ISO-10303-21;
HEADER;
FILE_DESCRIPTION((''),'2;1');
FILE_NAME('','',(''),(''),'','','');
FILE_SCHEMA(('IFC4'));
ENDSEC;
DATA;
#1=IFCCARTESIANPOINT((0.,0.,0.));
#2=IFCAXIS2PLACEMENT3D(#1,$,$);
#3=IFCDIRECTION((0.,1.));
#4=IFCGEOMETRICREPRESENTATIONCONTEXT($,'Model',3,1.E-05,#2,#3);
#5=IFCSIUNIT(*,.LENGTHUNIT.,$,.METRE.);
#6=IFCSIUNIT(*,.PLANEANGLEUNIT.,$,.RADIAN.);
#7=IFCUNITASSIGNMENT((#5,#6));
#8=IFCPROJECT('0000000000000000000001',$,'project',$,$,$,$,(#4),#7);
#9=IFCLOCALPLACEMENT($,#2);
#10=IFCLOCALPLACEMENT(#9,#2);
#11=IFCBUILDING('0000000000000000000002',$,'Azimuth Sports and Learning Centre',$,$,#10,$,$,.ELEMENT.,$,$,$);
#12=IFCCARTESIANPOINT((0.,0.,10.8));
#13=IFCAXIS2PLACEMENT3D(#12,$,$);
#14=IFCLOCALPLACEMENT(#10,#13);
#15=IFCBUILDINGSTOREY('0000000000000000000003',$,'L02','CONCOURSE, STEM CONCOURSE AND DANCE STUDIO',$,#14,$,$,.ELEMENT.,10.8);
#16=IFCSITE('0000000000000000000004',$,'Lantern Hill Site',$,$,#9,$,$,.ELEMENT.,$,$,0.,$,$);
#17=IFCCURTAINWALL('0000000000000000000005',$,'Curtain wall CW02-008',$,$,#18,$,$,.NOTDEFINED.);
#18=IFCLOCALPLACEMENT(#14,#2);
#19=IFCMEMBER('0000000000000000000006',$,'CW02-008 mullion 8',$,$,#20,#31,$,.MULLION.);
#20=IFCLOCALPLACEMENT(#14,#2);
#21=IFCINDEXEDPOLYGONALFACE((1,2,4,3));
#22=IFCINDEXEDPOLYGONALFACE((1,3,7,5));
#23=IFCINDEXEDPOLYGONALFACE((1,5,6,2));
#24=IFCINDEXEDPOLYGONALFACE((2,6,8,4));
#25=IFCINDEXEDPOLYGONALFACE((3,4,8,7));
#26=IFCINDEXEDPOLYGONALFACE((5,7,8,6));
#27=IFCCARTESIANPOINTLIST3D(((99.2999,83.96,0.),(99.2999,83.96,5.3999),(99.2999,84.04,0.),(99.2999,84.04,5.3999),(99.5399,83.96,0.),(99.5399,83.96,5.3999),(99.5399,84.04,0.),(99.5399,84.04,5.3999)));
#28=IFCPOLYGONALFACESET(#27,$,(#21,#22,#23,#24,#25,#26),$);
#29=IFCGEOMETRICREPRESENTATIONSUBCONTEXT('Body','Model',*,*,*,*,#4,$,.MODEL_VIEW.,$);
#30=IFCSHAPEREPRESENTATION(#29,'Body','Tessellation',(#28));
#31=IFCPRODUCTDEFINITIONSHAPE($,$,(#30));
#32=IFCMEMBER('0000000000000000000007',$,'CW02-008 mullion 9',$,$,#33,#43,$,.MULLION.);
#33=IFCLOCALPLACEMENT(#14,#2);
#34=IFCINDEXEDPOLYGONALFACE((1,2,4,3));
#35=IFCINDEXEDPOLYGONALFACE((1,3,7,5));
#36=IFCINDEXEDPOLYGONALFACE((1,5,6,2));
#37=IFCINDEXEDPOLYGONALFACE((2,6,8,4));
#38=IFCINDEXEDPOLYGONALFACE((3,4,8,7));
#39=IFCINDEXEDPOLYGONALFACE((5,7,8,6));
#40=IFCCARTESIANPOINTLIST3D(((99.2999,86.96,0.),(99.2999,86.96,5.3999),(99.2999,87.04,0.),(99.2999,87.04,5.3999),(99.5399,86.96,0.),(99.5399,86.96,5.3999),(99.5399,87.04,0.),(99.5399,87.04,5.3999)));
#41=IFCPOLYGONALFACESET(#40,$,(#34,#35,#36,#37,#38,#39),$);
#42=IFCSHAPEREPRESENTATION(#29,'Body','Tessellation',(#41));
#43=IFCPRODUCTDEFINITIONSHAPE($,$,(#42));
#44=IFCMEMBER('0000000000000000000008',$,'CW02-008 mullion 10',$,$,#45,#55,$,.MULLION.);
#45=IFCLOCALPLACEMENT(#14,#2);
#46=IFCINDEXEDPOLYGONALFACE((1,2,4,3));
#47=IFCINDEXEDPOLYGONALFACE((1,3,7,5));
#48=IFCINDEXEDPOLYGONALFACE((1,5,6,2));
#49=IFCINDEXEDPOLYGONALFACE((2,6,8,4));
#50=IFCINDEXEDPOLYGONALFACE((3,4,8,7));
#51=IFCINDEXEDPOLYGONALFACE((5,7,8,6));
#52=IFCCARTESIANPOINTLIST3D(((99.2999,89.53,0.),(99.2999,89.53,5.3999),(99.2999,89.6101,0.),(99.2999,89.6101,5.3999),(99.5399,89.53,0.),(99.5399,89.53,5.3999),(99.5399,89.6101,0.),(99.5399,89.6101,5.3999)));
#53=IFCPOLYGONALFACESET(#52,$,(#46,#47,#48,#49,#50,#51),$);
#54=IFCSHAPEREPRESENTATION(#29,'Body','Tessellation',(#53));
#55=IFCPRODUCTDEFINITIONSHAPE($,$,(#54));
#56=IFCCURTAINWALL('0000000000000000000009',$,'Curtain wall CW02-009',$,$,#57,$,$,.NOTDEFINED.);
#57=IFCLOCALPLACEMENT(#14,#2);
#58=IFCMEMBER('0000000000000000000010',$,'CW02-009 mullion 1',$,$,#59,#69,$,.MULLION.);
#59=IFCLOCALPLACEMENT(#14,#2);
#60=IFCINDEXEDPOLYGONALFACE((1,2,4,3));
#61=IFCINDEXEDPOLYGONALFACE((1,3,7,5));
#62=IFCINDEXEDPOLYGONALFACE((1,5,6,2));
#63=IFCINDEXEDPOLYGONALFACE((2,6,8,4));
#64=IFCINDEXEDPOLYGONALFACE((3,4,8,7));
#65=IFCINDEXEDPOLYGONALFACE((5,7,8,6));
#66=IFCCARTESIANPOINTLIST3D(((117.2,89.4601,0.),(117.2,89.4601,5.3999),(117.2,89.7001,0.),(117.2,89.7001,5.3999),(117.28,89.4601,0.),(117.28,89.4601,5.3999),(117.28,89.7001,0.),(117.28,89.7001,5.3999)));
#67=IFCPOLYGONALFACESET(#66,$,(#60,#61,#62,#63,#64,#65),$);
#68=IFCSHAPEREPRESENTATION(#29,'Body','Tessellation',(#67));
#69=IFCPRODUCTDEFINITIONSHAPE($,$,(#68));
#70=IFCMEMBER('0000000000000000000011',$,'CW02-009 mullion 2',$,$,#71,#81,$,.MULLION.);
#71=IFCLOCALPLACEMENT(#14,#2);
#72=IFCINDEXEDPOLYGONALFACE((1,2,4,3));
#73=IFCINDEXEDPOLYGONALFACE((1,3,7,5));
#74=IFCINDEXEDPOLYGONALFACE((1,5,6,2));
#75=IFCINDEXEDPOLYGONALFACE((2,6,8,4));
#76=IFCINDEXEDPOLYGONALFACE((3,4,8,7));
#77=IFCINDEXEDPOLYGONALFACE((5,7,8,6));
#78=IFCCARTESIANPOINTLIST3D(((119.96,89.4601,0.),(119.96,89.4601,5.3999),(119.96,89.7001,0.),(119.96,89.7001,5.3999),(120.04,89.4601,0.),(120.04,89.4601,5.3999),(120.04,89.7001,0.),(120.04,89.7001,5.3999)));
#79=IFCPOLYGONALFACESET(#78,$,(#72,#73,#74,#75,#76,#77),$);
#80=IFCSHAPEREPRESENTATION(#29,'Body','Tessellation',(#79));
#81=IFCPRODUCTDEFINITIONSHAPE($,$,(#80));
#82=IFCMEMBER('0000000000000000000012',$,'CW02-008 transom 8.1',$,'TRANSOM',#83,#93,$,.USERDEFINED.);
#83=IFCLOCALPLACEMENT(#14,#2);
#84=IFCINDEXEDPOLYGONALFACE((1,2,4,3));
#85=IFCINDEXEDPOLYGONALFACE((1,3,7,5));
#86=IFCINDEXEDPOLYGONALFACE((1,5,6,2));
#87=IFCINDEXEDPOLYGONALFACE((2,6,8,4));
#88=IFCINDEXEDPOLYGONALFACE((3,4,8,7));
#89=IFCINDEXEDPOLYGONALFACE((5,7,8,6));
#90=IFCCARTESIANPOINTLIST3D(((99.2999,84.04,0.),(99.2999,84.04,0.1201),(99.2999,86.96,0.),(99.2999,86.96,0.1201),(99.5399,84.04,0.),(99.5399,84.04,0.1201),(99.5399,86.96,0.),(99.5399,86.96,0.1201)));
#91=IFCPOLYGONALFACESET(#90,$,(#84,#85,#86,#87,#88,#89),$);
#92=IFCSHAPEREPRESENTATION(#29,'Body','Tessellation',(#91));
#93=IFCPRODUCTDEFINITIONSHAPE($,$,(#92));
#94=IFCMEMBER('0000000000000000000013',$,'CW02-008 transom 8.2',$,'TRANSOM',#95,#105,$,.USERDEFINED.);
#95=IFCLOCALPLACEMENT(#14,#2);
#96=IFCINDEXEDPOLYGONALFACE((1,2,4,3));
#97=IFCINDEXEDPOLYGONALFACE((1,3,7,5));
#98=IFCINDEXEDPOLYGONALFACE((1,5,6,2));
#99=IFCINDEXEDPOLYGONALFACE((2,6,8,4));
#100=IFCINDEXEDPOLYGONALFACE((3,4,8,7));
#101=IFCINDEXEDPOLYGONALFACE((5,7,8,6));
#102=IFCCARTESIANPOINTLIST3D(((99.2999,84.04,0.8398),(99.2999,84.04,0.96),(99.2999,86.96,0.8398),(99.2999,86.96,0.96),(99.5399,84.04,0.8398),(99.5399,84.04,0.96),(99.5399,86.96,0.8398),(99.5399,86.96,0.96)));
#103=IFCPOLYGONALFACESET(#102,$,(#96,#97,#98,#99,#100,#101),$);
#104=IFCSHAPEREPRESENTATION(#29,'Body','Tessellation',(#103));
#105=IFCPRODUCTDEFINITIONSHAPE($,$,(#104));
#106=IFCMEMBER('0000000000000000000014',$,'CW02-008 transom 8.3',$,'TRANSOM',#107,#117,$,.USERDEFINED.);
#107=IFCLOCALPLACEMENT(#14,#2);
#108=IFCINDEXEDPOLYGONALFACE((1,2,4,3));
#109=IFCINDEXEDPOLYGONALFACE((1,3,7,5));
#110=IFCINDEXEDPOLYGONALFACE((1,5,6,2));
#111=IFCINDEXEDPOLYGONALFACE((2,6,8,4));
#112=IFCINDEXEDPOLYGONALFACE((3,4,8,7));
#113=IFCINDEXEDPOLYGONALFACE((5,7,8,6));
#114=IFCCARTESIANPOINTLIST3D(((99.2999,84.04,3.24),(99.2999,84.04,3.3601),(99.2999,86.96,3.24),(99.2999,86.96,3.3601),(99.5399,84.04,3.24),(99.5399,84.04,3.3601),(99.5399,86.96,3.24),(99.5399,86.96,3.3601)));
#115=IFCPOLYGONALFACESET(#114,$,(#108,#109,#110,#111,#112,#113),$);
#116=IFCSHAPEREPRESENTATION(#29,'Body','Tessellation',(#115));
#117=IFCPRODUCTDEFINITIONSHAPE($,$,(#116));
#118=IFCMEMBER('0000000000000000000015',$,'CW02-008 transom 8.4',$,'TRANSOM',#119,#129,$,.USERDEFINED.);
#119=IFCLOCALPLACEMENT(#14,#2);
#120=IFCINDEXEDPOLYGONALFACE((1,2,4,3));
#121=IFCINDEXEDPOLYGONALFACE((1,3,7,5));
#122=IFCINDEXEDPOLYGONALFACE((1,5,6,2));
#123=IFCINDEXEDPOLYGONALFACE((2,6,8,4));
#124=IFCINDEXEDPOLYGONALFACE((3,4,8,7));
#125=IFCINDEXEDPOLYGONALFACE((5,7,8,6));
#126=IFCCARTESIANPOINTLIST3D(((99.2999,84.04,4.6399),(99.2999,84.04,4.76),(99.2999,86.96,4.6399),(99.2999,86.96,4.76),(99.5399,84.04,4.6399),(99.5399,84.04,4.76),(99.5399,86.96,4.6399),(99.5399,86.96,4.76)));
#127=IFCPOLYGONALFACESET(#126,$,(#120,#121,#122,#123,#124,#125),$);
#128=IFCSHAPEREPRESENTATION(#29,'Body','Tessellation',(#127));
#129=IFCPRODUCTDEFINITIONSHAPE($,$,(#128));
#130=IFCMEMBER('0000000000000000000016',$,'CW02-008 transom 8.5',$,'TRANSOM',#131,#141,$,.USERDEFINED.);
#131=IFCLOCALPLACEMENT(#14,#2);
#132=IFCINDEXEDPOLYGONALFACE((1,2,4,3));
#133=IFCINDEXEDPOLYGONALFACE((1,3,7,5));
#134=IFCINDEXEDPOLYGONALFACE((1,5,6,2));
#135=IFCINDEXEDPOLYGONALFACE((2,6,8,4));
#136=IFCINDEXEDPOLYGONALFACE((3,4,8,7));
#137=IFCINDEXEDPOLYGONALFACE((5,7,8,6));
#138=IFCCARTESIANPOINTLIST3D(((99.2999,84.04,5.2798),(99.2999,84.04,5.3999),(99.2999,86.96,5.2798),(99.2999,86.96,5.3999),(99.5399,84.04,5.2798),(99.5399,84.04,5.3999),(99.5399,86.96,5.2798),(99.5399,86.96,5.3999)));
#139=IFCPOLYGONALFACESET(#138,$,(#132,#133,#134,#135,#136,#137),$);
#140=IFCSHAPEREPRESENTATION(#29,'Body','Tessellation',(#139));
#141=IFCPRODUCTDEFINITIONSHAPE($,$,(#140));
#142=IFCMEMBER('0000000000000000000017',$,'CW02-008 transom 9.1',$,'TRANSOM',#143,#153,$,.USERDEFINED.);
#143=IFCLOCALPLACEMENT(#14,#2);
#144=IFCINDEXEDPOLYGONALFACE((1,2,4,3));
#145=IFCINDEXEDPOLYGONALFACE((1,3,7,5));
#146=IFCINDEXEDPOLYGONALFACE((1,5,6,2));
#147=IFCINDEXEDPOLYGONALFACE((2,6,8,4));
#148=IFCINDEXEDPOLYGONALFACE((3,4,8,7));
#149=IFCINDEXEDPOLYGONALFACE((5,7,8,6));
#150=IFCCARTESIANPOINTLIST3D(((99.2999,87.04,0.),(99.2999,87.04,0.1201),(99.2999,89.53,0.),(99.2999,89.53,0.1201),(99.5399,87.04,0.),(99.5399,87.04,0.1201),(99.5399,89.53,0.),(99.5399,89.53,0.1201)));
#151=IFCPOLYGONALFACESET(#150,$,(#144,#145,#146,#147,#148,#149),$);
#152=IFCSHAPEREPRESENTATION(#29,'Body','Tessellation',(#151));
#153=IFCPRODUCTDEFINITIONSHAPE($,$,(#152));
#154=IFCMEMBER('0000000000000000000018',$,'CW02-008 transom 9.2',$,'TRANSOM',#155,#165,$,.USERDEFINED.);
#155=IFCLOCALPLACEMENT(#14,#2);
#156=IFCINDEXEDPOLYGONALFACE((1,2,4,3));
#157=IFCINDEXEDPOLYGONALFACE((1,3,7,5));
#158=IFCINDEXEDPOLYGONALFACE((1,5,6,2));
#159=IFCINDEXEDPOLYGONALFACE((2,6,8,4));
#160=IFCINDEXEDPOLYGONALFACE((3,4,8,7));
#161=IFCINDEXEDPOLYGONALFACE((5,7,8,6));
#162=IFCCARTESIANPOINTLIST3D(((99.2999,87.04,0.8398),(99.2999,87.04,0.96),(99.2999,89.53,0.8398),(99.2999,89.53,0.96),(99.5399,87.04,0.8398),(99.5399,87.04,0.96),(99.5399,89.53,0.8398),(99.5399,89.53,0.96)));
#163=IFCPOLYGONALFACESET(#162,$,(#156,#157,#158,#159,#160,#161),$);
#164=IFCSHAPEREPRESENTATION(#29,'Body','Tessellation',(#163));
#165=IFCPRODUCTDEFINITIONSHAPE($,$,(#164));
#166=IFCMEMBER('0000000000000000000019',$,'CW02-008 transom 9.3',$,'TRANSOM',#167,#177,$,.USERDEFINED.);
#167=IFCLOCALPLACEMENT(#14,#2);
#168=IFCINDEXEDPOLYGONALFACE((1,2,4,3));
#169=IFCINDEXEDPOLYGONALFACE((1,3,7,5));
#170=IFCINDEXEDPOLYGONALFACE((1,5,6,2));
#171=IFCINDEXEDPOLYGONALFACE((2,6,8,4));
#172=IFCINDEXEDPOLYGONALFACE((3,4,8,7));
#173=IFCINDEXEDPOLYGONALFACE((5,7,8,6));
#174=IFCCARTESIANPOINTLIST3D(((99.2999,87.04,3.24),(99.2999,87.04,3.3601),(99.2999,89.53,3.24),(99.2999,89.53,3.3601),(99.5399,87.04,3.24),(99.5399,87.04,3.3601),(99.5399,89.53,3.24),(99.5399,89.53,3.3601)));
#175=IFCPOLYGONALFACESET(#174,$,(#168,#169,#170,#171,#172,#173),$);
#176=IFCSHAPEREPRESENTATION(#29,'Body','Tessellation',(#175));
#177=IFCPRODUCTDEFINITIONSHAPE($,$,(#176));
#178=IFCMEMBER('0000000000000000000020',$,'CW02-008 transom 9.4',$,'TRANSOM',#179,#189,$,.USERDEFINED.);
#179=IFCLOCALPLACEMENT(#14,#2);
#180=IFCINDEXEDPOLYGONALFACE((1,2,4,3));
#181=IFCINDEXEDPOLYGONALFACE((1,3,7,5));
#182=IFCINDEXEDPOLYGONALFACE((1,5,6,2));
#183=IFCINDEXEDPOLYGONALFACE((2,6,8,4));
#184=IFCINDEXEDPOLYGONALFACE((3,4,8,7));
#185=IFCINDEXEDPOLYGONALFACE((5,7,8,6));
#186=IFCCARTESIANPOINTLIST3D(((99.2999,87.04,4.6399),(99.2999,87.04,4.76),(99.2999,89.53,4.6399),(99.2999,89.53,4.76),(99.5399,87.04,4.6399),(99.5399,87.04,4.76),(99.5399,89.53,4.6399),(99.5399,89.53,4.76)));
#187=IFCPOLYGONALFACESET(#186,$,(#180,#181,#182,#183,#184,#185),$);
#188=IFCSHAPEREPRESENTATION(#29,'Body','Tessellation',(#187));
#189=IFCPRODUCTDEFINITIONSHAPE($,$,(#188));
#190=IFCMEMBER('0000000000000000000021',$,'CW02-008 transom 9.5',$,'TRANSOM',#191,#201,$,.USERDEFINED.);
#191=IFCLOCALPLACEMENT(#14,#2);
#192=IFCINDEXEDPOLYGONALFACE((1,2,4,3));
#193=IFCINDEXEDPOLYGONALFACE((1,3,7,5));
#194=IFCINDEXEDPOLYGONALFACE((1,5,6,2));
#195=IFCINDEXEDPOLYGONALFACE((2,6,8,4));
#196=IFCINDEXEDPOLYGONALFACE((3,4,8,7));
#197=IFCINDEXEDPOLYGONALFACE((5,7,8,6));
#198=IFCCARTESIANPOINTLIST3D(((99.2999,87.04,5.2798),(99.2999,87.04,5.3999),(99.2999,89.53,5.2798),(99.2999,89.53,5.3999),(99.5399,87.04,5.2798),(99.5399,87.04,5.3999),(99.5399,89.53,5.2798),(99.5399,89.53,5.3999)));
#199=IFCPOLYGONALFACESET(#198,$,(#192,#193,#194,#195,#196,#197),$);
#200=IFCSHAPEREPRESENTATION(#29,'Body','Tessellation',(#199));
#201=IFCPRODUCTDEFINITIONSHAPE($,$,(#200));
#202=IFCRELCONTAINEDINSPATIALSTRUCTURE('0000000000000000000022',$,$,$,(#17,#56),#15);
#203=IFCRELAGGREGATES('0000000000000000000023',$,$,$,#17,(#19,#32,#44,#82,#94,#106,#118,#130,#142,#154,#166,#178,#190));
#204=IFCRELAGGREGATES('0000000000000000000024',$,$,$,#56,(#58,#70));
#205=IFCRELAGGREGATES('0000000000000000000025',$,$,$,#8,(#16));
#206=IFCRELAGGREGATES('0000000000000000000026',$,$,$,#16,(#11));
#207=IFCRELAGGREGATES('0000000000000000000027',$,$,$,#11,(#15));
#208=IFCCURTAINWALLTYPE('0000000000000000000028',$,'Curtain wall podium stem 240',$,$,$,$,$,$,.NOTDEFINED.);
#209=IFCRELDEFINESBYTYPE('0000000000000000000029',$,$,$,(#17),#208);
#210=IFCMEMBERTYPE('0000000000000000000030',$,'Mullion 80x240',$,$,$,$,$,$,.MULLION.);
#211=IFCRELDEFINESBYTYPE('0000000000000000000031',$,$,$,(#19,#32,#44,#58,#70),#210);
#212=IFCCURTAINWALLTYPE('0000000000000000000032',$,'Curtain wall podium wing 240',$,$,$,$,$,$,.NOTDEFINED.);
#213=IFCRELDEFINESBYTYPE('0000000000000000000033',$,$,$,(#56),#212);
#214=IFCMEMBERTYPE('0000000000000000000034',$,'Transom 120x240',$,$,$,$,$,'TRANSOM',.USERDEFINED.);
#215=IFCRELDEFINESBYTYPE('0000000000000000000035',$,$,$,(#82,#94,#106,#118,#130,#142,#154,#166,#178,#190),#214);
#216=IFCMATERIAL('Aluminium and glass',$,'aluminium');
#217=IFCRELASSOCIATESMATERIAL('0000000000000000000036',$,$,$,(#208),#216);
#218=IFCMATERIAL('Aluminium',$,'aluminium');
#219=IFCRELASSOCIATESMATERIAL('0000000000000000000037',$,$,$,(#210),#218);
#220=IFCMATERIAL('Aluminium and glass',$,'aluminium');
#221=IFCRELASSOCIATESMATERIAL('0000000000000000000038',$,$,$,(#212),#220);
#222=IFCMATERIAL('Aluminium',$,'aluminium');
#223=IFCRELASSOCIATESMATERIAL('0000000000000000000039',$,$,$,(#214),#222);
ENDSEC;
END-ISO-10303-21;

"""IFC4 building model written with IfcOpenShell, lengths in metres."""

from ifc_helpers import new_model, si_unit, direction, frame, origin, origin_2d, place, context, subcontext, project, spatial, rectangle, extrude, material, material_profile, profile_set, type_object, element, aggregate, save


model = new_model("IFC4")

# Units and contexts
model_context = context("Model", 3, precision=1e-05, world=origin(), true_north=direction((0.0, 1.0)))
body_context = subcontext(model_context, "Body", "Model", "MODEL_VIEW")
ifc_project = project(units=[si_unit("LENGTHUNIT", "METRE"), si_unit("PLANEANGLEUNIT", "RADIAN")], contexts=[model_context])

# Site, building, storey
site_placement = place(None, origin())
site = spatial("IfcSite", under=ifc_project, at=site_placement, Name="Lantern Hill Site", CompositionType="ELEMENT", RefElevation=0.0)
building_placement = place(site_placement, origin())
building = spatial("IfcBuilding", under=site, at=building_placement, Name="Azimuth Sports and Learning Centre", CompositionType="ELEMENT")
storey_placement = place(building_placement, frame((0.0, 0.0, 10.8)))
storey = spatial("IfcBuildingStorey", under=building, at=storey_placement, Name="L02", Description="CONCOURSE, STEM CONCOURSE AND DANCE STUDIO", CompositionType="ELEMENT", Elevation=10.8)

# Curtain walls, members
ifc_material_1 = material(Name="Aluminium and glass", Category="aluminium")
curtain_wall_type_1 = type_object("IfcCurtainWallType", Name="Curtain wall podium stem 240", PredefinedType="NOTDEFINED", material=ifc_material_1)
curtain_wall_1_placement = place(storey_placement, origin())
curtain_wall_1 = element("IfcCurtainWall", 1, at=curtain_wall_1_placement, inside=storey, type_object=curtain_wall_type_1, Name="Curtain wall CW02-008", PredefinedType="NOTDEFINED")
ifc_material_2 = material(Name="Aluminium", Category="aluminium")
ifc_material_profile_1 = material_profile(ifc_material_2, rectangle(XDim=0.24, YDim=0.0801, at=origin_2d()), Name="Mullion 80x240")
ifc_profile_set_1 = profile_set([ifc_material_profile_1], Name="Aluminium")
member_type_1 = type_object("IfcMemberType", Name="Mullion 80x240", PredefinedType="MULLION", material=ifc_profile_set_1)
member_1_placement = place(storey_placement, frame((99.4199, 84.0, 0.0), z_axis=(0.0, 0.0, 1.0), x_axis=(-1.0, 0.0, 0.0)))
member_1 = element("IfcMember", 2, at=member_1_placement, type_object=member_type_1, Name="CW02-008 mullion 8", PredefinedType="MULLION", context=body_context, shape_type="SweptSolid", body=[
    extrude(rectangle(XDim=0.24, YDim=0.0801, at=origin_2d()), origin(), (0.0, 0.0, 1.0), 5.3999),
])
member_2_placement = place(storey_placement, frame((99.4199, 87.0, 0.0), z_axis=(0.0, 0.0, 1.0), x_axis=(-1.0, 0.0, 0.0)))
member_2 = element("IfcMember", 3, at=member_2_placement, type_object=member_type_1, Name="CW02-008 mullion 9", PredefinedType="MULLION", context=body_context, shape_type="SweptSolid", body=[
    extrude(rectangle(XDim=0.24, YDim=0.0801, at=origin_2d()), origin(), (0.0, 0.0, 1.0), 5.3999),
])
member_3_placement = place(storey_placement, frame((99.4199, 89.5701, 0.0), z_axis=(0.0, 0.0, 1.0), x_axis=(-1.0, 0.0, 0.0)))
member_3 = element("IfcMember", 4, at=member_3_placement, type_object=member_type_1, Name="CW02-008 mullion 10", PredefinedType="MULLION", context=body_context, shape_type="SweptSolid", body=[
    extrude(rectangle(XDim=0.24, YDim=0.0801, at=origin_2d()), origin(), (0.0, 0.0, 1.0), 5.3999),
])
ifc_material_3 = material(Name="Aluminium and glass", Category="aluminium")
curtain_wall_type_2 = type_object("IfcCurtainWallType", Name="Curtain wall podium wing 240", PredefinedType="NOTDEFINED", material=ifc_material_3)
curtain_wall_2_placement = place(storey_placement, origin())
curtain_wall_2 = element("IfcCurtainWall", 5, at=curtain_wall_2_placement, inside=storey, type_object=curtain_wall_type_2, Name="Curtain wall CW02-009", PredefinedType="NOTDEFINED")
member_4_placement = place(storey_placement, frame((117.24, 89.5801, 0.0), z_axis=(0.0, 0.0, 1.0), x_axis=(0.0, 1.0, 0.0)))
member_4 = element("IfcMember", 6, at=member_4_placement, type_object=member_type_1, Name="CW02-009 mullion 1", PredefinedType="MULLION", context=body_context, shape_type="SweptSolid", body=[
    extrude(rectangle(XDim=0.24, YDim=0.0801, at=origin_2d()), origin(), (0.0, 0.0, 1.0), 5.3999),
])
member_5_placement = place(storey_placement, frame((120.0, 89.5801, 0.0), z_axis=(0.0, 0.0, 1.0), x_axis=(0.0, 1.0, 0.0)))
member_5 = element("IfcMember", 7, at=member_5_placement, type_object=member_type_1, Name="CW02-009 mullion 2", PredefinedType="MULLION", context=body_context, shape_type="SweptSolid", body=[
    extrude(rectangle(XDim=0.24, YDim=0.0801, at=origin_2d()), origin(), (0.0, 0.0, 1.0), 5.3999),
])

# Members
ifc_material_4 = material(Name="Aluminium", Category="aluminium")
ifc_material_profile_2 = material_profile(ifc_material_4, rectangle(XDim=0.24, YDim=0.1201, at=origin_2d()), Name="Transom 120x240")
ifc_profile_set_2 = profile_set([ifc_material_profile_2], Name="Aluminium")
member_type_2 = type_object("IfcMemberType", Name="Transom 120x240", ElementType="TRANSOM", PredefinedType="USERDEFINED", material=ifc_profile_set_2)
member_6_placement = place(storey_placement, frame((99.4199, 84.04, 0.0601), z_axis=(0.0, 1.0, 0.0), x_axis=(-1.0, 0.0, 0.0)))
member_6 = element("IfcMember", 8, at=member_6_placement, type_object=member_type_2, Name="CW02-008 transom 8.1", ObjectType="TRANSOM", PredefinedType="USERDEFINED", context=body_context, shape_type="SweptSolid", body=[
    extrude(rectangle(XDim=0.24, YDim=0.1201, at=origin_2d()), origin(), (0.0, 0.0, 1.0), 2.9199),
])
member_7_placement = place(storey_placement, frame((99.4199, 84.04, 0.8999), z_axis=(0.0, 1.0, 0.0), x_axis=(-1.0, 0.0, 0.0)))
member_7 = element("IfcMember", 9, at=member_7_placement, type_object=member_type_2, Name="CW02-008 transom 8.2", ObjectType="TRANSOM", PredefinedType="USERDEFINED", context=body_context, shape_type="SweptSolid", body=[
    extrude(rectangle(XDim=0.24, YDim=0.1201, at=origin_2d()), origin(), (0.0, 0.0, 1.0), 2.9199),
])
member_8_placement = place(storey_placement, frame((99.4199, 84.04, 3.3), z_axis=(0.0, 1.0, 0.0), x_axis=(-1.0, 0.0, 0.0)))
member_8 = element("IfcMember", 10, at=member_8_placement, type_object=member_type_2, Name="CW02-008 transom 8.3", ObjectType="TRANSOM", PredefinedType="USERDEFINED", context=body_context, shape_type="SweptSolid", body=[
    extrude(rectangle(XDim=0.24, YDim=0.1201, at=origin_2d()), origin(), (0.0, 0.0, 1.0), 2.9199),
])
member_9_placement = place(storey_placement, frame((99.4199, 84.04, 4.7), z_axis=(0.0, 1.0, 0.0), x_axis=(-1.0, 0.0, 0.0)))
member_9 = element("IfcMember", 11, at=member_9_placement, type_object=member_type_2, Name="CW02-008 transom 8.4", ObjectType="TRANSOM", PredefinedType="USERDEFINED", context=body_context, shape_type="SweptSolid", body=[
    extrude(rectangle(XDim=0.24, YDim=0.1201, at=origin_2d()), origin(), (0.0, 0.0, 1.0), 2.9199),
])
member_10_placement = place(storey_placement, frame((99.4199, 84.04, 5.3398), z_axis=(0.0, 1.0, 0.0), x_axis=(-1.0, 0.0, 0.0)))
member_10 = element("IfcMember", 12, at=member_10_placement, type_object=member_type_2, Name="CW02-008 transom 8.5", ObjectType="TRANSOM", PredefinedType="USERDEFINED", context=body_context, shape_type="SweptSolid", body=[
    extrude(rectangle(XDim=0.24, YDim=0.1201, at=origin_2d()), origin(), (0.0, 0.0, 1.0), 2.9199),
])
member_11_placement = place(storey_placement, frame((99.4199, 87.04, 0.0601), z_axis=(0.0, 1.0, 0.0), x_axis=(-1.0, 0.0, 0.0)))
member_11 = element("IfcMember", 13, at=member_11_placement, type_object=member_type_2, Name="CW02-008 transom 9.1", ObjectType="TRANSOM", PredefinedType="USERDEFINED", context=body_context, shape_type="SweptSolid", body=[
    extrude(rectangle(XDim=0.24, YDim=0.1201, at=origin_2d()), origin(), (0.0, 0.0, 1.0), 2.49),
])
member_12_placement = place(storey_placement, frame((99.4199, 87.04, 0.8999), z_axis=(0.0, 1.0, 0.0), x_axis=(-1.0, 0.0, 0.0)))
member_12 = element("IfcMember", 14, at=member_12_placement, type_object=member_type_2, Name="CW02-008 transom 9.2", ObjectType="TRANSOM", PredefinedType="USERDEFINED", context=body_context, shape_type="SweptSolid", body=[
    extrude(rectangle(XDim=0.24, YDim=0.1201, at=origin_2d()), origin(), (0.0, 0.0, 1.0), 2.49),
])
member_13_placement = place(storey_placement, frame((99.4199, 87.04, 3.3), z_axis=(0.0, 1.0, 0.0), x_axis=(-1.0, 0.0, 0.0)))
member_13 = element("IfcMember", 15, at=member_13_placement, type_object=member_type_2, Name="CW02-008 transom 9.3", ObjectType="TRANSOM", PredefinedType="USERDEFINED", context=body_context, shape_type="SweptSolid", body=[
    extrude(rectangle(XDim=0.24, YDim=0.1201, at=origin_2d()), origin(), (0.0, 0.0, 1.0), 2.49),
])
member_14_placement = place(storey_placement, frame((99.4199, 87.04, 4.7), z_axis=(0.0, 1.0, 0.0), x_axis=(-1.0, 0.0, 0.0)))
member_14 = element("IfcMember", 16, at=member_14_placement, type_object=member_type_2, Name="CW02-008 transom 9.4", ObjectType="TRANSOM", PredefinedType="USERDEFINED", context=body_context, shape_type="SweptSolid", body=[
    extrude(rectangle(XDim=0.24, YDim=0.1201, at=origin_2d()), origin(), (0.0, 0.0, 1.0), 2.49),
])
member_15_placement = place(storey_placement, frame((99.4199, 87.04, 5.3398), z_axis=(0.0, 1.0, 0.0), x_axis=(-1.0, 0.0, 0.0)))
member_15 = element("IfcMember", 17, at=member_15_placement, type_object=member_type_2, Name="CW02-008 transom 9.5", ObjectType="TRANSOM", PredefinedType="USERDEFINED", context=body_context, shape_type="SweptSolid", body=[
    extrude(rectangle(XDim=0.24, YDim=0.1201, at=origin_2d()), origin(), (0.0, 0.0, 1.0), 2.49),
])

aggregate(curtain_wall_1, [member_1, member_2, member_3, member_6, member_7, member_8, member_9, member_10, member_11, member_12, member_13, member_14, member_15])
aggregate(curtain_wall_2, [member_4, member_5])

save(model, "model.ifc")
